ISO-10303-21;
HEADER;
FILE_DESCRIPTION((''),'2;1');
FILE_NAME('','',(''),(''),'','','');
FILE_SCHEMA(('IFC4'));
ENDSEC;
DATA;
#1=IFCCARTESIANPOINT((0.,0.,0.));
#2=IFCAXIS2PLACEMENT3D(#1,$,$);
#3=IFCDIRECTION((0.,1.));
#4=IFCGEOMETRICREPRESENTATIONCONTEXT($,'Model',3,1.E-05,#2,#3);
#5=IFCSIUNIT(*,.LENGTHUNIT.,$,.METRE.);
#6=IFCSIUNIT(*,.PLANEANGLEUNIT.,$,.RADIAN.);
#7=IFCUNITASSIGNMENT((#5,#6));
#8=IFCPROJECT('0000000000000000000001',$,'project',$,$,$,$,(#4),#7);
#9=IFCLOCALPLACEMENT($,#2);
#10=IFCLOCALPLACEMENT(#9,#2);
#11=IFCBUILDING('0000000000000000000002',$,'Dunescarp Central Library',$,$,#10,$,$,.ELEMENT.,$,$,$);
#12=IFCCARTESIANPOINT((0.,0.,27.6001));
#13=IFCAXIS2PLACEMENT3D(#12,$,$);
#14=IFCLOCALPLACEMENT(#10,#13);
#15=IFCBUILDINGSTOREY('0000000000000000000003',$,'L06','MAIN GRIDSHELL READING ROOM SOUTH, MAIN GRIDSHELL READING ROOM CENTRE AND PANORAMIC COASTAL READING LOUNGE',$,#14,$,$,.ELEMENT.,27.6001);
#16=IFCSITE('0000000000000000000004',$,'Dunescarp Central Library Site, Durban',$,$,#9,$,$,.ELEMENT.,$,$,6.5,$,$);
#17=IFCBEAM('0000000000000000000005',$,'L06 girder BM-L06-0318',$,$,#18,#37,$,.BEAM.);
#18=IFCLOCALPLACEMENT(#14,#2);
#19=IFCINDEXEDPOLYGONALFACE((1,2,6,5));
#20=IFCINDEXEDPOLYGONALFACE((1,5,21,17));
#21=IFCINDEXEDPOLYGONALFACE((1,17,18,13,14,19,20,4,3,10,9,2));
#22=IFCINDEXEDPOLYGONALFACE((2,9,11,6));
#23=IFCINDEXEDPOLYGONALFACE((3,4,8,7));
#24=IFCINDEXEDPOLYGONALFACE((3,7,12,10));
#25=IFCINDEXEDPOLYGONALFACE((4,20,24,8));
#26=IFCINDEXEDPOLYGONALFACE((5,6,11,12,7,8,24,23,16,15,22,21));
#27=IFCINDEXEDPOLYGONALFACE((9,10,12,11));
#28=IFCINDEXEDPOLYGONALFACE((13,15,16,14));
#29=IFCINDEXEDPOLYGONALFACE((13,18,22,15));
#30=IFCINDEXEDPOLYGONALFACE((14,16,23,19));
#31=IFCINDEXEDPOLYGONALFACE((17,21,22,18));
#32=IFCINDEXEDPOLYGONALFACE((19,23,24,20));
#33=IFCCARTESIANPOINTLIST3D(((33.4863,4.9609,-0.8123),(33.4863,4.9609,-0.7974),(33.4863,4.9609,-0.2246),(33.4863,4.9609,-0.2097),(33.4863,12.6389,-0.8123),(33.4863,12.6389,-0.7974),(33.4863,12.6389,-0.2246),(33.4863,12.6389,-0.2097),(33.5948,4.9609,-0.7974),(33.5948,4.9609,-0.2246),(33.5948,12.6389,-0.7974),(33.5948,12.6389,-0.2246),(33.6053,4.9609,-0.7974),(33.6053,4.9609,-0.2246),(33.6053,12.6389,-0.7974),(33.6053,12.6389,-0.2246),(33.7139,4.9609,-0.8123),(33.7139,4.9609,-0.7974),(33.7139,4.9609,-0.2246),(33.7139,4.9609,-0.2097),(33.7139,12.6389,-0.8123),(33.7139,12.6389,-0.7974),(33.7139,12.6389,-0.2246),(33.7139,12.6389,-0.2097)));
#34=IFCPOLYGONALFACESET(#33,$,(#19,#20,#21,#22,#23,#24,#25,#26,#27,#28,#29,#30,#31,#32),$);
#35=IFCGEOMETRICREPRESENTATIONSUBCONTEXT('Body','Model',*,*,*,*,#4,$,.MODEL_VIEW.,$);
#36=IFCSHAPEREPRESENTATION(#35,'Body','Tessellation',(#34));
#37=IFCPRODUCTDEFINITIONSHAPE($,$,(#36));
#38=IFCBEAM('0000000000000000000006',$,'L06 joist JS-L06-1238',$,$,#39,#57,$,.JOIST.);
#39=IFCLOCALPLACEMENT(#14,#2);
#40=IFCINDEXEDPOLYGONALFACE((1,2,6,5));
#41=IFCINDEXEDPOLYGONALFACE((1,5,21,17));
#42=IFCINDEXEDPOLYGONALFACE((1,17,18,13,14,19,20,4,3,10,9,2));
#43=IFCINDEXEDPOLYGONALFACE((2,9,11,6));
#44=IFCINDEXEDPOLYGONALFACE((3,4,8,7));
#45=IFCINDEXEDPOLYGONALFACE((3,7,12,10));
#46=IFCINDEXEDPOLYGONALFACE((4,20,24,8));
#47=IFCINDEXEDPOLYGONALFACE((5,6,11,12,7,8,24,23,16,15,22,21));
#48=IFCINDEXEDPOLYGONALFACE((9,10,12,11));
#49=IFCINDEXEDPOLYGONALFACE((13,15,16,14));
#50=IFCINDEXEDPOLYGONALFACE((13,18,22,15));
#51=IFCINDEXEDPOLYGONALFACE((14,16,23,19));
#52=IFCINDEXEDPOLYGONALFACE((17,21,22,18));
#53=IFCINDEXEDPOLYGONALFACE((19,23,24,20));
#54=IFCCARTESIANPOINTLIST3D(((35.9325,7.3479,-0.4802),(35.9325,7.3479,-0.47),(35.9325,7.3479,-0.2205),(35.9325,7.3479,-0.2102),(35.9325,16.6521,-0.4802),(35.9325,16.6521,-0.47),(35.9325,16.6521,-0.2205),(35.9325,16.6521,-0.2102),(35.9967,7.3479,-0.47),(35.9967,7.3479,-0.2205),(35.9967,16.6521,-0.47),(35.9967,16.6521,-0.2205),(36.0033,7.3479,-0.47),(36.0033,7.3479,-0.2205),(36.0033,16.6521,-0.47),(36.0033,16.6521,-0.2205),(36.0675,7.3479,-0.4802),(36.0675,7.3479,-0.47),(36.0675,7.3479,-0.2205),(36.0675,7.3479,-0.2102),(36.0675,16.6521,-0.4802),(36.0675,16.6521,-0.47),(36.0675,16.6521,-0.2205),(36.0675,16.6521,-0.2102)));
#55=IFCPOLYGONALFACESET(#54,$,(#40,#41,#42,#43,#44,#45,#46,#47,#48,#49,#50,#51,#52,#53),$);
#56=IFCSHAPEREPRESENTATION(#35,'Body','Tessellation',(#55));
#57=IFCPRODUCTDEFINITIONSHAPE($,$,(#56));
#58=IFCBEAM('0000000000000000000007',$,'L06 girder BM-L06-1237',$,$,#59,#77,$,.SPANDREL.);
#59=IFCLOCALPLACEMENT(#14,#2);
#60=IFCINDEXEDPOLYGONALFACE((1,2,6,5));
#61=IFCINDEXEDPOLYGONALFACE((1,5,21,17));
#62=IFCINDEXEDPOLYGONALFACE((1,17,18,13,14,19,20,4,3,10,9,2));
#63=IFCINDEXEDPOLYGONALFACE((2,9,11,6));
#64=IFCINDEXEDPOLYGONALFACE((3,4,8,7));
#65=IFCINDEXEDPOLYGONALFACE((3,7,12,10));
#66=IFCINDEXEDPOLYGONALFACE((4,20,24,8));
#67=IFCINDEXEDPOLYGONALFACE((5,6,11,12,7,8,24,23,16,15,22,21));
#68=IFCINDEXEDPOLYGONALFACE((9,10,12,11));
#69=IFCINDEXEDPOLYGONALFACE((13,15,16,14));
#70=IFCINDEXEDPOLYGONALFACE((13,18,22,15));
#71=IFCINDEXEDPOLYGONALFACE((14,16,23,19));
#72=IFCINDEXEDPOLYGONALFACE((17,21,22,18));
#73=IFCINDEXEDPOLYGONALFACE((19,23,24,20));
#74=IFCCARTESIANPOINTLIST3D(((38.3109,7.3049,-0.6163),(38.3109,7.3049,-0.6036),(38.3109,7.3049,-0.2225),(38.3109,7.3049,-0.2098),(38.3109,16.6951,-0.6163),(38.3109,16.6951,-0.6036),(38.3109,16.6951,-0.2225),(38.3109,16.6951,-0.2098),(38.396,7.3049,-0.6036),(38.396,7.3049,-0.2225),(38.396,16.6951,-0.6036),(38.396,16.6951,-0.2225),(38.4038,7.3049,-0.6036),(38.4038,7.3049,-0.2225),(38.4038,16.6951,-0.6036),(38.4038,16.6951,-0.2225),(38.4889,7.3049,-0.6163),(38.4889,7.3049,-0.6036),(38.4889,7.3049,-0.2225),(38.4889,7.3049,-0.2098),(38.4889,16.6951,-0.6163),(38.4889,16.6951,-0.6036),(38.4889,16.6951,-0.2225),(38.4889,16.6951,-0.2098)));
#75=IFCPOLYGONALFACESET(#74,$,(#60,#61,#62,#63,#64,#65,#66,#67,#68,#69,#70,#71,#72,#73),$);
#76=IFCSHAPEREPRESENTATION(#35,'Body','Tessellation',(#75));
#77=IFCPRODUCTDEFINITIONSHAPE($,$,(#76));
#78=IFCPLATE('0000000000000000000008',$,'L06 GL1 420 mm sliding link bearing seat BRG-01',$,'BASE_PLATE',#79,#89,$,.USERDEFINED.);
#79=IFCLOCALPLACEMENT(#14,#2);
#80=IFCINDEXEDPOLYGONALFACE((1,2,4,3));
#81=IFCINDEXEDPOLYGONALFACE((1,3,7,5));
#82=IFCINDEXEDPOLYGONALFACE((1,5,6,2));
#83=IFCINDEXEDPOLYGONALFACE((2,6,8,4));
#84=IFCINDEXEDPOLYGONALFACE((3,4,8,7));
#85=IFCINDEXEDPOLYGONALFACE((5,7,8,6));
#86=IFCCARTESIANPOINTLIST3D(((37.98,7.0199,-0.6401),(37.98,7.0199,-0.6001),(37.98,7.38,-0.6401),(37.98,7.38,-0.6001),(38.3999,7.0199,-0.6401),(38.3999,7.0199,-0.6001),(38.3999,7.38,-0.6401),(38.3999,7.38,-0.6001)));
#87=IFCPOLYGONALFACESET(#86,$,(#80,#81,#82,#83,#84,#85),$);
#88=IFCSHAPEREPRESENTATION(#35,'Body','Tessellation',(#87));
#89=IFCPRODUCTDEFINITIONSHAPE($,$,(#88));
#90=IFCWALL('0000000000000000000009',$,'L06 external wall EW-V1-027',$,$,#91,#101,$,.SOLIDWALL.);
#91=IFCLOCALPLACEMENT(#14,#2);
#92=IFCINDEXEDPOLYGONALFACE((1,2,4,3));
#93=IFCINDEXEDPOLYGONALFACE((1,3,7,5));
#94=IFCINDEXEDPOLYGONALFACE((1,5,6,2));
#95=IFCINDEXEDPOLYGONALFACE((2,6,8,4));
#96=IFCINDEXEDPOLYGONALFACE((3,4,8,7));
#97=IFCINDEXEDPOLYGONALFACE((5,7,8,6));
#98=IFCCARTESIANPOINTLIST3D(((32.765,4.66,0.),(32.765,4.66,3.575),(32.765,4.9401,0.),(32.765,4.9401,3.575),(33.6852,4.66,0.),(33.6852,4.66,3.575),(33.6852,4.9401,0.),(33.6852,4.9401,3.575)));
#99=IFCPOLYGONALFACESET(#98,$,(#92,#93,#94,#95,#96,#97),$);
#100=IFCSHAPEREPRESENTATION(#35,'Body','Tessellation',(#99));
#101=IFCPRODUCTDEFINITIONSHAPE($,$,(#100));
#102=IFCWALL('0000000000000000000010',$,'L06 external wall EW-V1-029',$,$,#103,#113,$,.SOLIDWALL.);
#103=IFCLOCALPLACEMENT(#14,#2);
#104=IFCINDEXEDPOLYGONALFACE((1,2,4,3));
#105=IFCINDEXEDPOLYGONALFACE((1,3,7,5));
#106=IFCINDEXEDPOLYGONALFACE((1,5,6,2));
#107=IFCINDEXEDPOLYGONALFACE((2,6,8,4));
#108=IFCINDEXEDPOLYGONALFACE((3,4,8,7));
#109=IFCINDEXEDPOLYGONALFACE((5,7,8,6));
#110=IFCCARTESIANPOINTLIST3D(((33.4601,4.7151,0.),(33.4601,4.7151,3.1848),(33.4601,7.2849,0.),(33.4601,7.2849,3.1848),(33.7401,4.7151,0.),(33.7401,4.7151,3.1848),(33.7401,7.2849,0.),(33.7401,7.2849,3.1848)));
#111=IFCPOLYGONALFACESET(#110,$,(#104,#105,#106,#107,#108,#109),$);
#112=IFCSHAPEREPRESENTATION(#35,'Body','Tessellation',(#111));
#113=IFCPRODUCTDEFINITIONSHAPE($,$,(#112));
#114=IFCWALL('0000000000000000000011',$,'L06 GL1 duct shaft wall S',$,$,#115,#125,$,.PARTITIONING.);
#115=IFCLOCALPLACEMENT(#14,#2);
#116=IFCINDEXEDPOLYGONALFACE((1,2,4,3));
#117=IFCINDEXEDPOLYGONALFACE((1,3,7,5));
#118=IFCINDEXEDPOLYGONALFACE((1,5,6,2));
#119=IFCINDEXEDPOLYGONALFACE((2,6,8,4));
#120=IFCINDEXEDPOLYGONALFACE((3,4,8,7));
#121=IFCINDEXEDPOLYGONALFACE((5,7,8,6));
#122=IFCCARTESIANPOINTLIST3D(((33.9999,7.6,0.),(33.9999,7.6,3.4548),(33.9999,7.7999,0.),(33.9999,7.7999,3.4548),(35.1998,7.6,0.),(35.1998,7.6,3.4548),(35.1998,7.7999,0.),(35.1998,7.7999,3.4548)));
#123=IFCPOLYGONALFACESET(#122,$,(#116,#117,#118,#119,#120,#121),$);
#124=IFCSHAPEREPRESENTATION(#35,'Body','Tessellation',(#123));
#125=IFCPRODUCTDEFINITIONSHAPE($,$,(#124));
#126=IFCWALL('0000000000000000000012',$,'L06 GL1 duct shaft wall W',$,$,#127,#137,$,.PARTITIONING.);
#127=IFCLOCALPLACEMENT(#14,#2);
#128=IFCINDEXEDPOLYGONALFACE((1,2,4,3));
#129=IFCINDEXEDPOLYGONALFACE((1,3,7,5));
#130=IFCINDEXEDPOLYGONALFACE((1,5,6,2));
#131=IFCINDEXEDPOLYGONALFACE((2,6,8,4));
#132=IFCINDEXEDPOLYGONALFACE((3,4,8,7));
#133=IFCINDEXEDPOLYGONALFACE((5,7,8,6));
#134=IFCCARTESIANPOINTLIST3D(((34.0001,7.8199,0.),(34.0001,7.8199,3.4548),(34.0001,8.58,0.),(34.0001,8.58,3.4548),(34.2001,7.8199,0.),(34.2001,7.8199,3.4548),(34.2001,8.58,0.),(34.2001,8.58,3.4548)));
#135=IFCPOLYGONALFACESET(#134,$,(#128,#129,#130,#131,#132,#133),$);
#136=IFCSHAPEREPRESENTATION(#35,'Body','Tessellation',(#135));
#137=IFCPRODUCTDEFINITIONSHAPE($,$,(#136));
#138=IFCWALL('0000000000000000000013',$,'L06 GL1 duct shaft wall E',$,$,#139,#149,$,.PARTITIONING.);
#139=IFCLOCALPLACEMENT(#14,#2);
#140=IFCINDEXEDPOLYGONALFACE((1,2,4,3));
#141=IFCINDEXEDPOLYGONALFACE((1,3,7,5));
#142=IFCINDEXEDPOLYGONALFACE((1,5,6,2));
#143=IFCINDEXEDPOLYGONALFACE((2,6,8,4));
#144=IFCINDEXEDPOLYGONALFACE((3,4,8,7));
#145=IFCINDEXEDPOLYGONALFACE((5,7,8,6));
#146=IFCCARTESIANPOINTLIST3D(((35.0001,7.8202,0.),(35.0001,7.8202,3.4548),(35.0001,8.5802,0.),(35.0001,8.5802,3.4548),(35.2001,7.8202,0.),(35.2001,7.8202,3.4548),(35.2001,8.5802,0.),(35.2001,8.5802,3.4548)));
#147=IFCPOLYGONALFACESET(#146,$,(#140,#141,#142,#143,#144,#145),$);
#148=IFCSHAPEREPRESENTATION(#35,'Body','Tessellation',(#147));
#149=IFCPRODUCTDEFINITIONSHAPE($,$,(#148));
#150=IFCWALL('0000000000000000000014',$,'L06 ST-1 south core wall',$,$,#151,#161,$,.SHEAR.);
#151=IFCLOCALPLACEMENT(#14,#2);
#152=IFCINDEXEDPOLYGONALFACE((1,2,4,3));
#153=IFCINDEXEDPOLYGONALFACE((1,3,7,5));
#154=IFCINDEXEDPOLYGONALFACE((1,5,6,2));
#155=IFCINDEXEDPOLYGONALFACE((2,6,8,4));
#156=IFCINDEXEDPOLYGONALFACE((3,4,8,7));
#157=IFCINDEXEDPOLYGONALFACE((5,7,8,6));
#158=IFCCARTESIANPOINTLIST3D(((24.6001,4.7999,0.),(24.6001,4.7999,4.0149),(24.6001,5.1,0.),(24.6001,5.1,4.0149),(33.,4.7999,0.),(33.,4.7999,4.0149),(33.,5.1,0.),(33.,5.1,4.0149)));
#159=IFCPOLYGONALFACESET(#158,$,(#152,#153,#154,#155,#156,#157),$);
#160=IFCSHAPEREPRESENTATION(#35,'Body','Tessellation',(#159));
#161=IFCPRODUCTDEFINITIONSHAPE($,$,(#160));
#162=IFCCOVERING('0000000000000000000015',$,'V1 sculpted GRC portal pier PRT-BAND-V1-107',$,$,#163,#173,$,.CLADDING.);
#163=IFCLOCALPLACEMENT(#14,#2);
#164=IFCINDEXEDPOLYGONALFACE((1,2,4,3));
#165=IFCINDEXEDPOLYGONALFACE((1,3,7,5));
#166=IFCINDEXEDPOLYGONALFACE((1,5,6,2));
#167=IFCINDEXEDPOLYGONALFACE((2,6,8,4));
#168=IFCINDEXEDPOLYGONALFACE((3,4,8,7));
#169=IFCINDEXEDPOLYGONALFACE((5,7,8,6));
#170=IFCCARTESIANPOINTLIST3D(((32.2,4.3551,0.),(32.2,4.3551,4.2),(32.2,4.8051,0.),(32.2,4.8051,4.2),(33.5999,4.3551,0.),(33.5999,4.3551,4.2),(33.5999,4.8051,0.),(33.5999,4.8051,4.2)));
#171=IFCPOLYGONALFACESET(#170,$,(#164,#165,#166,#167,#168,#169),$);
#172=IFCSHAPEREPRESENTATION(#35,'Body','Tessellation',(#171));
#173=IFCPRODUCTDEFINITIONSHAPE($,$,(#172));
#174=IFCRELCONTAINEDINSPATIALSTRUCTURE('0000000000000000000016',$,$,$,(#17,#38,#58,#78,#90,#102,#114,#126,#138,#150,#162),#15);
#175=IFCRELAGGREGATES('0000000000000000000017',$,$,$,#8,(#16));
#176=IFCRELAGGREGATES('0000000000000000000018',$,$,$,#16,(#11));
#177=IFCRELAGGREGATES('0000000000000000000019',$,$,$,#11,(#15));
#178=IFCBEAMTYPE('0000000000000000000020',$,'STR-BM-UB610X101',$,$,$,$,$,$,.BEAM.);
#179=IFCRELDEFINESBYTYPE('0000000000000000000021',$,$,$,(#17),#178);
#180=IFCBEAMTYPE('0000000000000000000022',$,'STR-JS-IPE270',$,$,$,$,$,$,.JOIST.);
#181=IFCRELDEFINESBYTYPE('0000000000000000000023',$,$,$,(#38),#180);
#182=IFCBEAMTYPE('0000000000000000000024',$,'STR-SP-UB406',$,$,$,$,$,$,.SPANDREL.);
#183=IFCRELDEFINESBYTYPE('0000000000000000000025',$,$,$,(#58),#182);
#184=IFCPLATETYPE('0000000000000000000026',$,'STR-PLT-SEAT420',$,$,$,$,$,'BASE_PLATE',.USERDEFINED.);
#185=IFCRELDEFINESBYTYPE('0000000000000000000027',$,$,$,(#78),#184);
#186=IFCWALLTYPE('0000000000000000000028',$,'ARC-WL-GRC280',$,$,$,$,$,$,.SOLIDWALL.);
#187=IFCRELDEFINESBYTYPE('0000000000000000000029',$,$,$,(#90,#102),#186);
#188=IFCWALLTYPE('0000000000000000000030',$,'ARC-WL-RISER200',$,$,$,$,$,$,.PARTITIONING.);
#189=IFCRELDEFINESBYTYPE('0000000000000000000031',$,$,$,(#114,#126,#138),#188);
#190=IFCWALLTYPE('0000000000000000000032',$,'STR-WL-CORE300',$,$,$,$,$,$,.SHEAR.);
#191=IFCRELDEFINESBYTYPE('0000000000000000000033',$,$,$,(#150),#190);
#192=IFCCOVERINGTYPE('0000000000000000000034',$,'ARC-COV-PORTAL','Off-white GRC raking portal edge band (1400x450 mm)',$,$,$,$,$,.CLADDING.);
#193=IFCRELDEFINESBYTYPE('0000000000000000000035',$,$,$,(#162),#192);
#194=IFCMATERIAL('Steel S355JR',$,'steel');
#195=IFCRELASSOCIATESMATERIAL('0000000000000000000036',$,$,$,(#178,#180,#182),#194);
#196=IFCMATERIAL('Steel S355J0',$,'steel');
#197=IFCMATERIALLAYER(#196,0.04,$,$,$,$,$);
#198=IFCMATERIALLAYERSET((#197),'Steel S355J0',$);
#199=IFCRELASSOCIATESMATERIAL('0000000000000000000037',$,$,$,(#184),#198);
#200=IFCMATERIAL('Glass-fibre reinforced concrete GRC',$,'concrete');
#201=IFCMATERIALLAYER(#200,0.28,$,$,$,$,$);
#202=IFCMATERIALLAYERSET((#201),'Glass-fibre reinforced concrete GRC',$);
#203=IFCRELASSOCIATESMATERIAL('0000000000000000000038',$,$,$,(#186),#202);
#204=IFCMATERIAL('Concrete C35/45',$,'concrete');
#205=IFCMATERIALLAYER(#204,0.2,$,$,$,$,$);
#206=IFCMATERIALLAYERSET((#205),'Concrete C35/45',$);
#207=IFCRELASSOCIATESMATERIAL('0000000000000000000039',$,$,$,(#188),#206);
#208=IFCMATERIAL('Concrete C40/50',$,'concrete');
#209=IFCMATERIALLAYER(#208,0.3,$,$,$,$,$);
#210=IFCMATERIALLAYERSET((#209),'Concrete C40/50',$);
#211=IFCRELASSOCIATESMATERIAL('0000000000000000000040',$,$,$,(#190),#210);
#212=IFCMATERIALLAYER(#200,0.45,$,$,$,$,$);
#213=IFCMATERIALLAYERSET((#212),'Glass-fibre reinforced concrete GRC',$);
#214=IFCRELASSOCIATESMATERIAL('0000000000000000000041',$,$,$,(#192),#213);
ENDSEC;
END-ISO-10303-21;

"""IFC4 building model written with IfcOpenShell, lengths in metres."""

from ifc_helpers import new_model, si_unit, direction, frame, frame_2d, origin, origin_2d, place, context, subcontext, project, spatial, rectangle, i_section, extrude, material, layer, layer_set, material_profile, profile_set, type_object, element, save


model = new_model("IFC4")

# Units and contexts
model_context = context("Model", 3, precision=1e-05, world=origin(), true_north=direction((0.0, 1.0)))
body_context = subcontext(model_context, "Body", "Model", "MODEL_VIEW")
ifc_project = project(units=[si_unit("LENGTHUNIT", "METRE"), si_unit("PLANEANGLEUNIT", "RADIAN")], contexts=[model_context])

# Site, building, storey
site_placement = place(None, origin())
site = spatial("IfcSite", under=ifc_project, at=site_placement, Name="Dunescarp Central Library Site, Durban", CompositionType="ELEMENT", RefElevation=6.5)
building_placement = place(site_placement, origin())
building = spatial("IfcBuilding", under=site, at=building_placement, Name="Dunescarp Central Library", CompositionType="ELEMENT")
storey_placement = place(building_placement, frame((0.0, 0.0, 27.6001)))
storey = spatial("IfcBuildingStorey", under=building, at=storey_placement, Name="L06", Description="MAIN GRIDSHELL READING ROOM SOUTH, MAIN GRIDSHELL READING ROOM CENTRE AND PANORAMIC COASTAL READING LOUNGE", CompositionType="ELEMENT", Elevation=27.6001)

# Shared definitions
ifc_material_1 = material(Name="Steel S355JR", Category="steel")

# Beams
ifc_material_profile_1 = material_profile(ifc_material_1, i_section(OverallWidth=0.2275, OverallDepth=0.6025, WebThickness=0.0105, FlangeThickness=0.0149, at=origin_2d()), Name="UB 610x229x101")
ifc_profile_set_1 = profile_set([ifc_material_profile_1], Name="Steel S355JR")
beam_type_1 = type_object("IfcBeamType", Name="STR-BM-UB610X101", PredefinedType="BEAM", material=ifc_profile_set_1)
beam_1_placement = place(storey_placement, frame((33.6001, 4.9609, -0.511), z_axis=(0.0, 1.0, 0.0), x_axis=(-1.0, 0.0, 0.0)))
element("IfcBeam", 1, at=beam_1_placement, inside=storey, type_object=beam_type_1, Name="L06 girder BM-L06-0318", PredefinedType="BEAM", context=body_context, shape_type="SweptSolid", body=[
    extrude(i_section(OverallWidth=0.2275, OverallDepth=0.6025, WebThickness=0.0105, FlangeThickness=0.0149, at=origin_2d()), origin(), (0.0, 0.0, 1.0), 7.678),
])
ifc_material_profile_2 = material_profile(ifc_material_1, i_section(OverallWidth=0.135, OverallDepth=0.27, WebThickness=0.0066, FlangeThickness=0.0103, at=origin_2d()), Name="IPE 270")
ifc_profile_set_2 = profile_set([ifc_material_profile_2], Name="Steel S355JR")
beam_type_2 = type_object("IfcBeamType", Name="STR-JS-IPE270", PredefinedType="JOIST", material=ifc_profile_set_2)
beam_2_placement = place(storey_placement, frame((36.0, 7.3479, -0.3452), z_axis=(0.0, 1.0, 0.0), x_axis=(-1.0, 0.0, 0.0)))
element("IfcBeam", 2, at=beam_2_placement, inside=storey, type_object=beam_type_2, Name="L06 joist JS-L06-1238", PredefinedType="JOIST", context=body_context, shape_type="SweptSolid", body=[
    extrude(i_section(OverallWidth=0.135, OverallDepth=0.27, WebThickness=0.0066, FlangeThickness=0.0103, at=origin_2d()), origin(), (0.0, 0.0, 1.0), 9.3042),
])
ifc_material_profile_3 = material_profile(ifc_material_1, i_section(OverallWidth=0.178, OverallDepth=0.4065, WebThickness=0.0078, FlangeThickness=0.0127, at=origin_2d()), Name="UB 406x178x60")
ifc_profile_set_3 = profile_set([ifc_material_profile_3], Name="Steel S355JR")
beam_type_3 = type_object("IfcBeamType", Name="STR-SP-UB406", PredefinedType="SPANDREL", material=ifc_profile_set_3)
beam_3_placement = place(storey_placement, frame((38.3999, 7.3049, -0.4131), z_axis=(0.0, 1.0, 0.0), x_axis=(-1.0, 0.0, 0.0)))
element("IfcBeam", 3, at=beam_3_placement, inside=storey, type_object=beam_type_3, Name="L06 girder BM-L06-1237", PredefinedType="SPANDREL", context=body_context, shape_type="SweptSolid", body=[
    extrude(i_section(OverallWidth=0.178, OverallDepth=0.4065, WebThickness=0.0078, FlangeThickness=0.0127, at=origin_2d()), origin(), (0.0, 0.0, 1.0), 9.3901),
])

# Plate
ifc_material_2 = material(Name="Steel S355J0", Category="steel")
ifc_layer_1 = layer(ifc_material_2, 0.04)
ifc_layer_set_1 = layer_set([ifc_layer_1], Name="Steel S355J0")
plate_type = type_object("IfcPlateType", Name="STR-PLT-SEAT420", ElementType="BASE_PLATE", PredefinedType="USERDEFINED", material=ifc_layer_set_1)
plate_placement = place(storey_placement, frame((38.1899, 7.2, -0.6401), z_axis=(0.0, 0.0, 1.0), x_axis=(1.0, 0.0, 0.0)))
element("IfcPlate", 4, at=plate_placement, inside=storey, type_object=plate_type, Name="L06 GL1 420 mm sliding link bearing seat BRG-01", ObjectType="BASE_PLATE", PredefinedType="USERDEFINED", context=body_context, shape_type="SweptSolid", body=[
    extrude(rectangle(XDim=0.4199, YDim=0.3601, at=origin_2d()), origin(), (0.0, 0.0, 1.0), 0.04),
])

# Walls
ifc_material_3 = material(Name="Glass-fibre reinforced concrete GRC", Category="concrete")
ifc_layer_2 = layer(ifc_material_3, 0.28)
ifc_layer_set_2 = layer_set([ifc_layer_2], Name="Glass-fibre reinforced concrete GRC")
wall_type_1 = type_object("IfcWallType", Name="ARC-WL-GRC280", PredefinedType="SOLIDWALL", material=ifc_layer_set_2)
wall_1_placement = place(storey_placement, frame((33.6851, 4.8, 0.0), z_axis=(0.0, 0.0, 1.0), x_axis=(-1.0, 0.0, 0.0)))
element("IfcWall", 5, at=wall_1_placement, inside=storey, type_object=wall_type_1, Name="L06 external wall EW-V1-027", PredefinedType="SOLIDWALL", context=body_context, shape_type="SweptSolid", body=[
    extrude(rectangle(XDim=0.9202, YDim=0.28, at=frame_2d((0.46, 0.0))), origin(), (0.0, 0.0, 1.0), 3.575),
])
wall_2_placement = place(storey_placement, frame((33.6001, 7.2849, 0.0), z_axis=(0.0, 0.0, 1.0), x_axis=(0.0, -1.0, 0.0)))
element("IfcWall", 6, at=wall_2_placement, inside=storey, type_object=wall_type_1, Name="L06 external wall EW-V1-029", PredefinedType="SOLIDWALL", context=body_context, shape_type="SweptSolid", body=[
    extrude(rectangle(XDim=2.5698, YDim=0.28, at=frame_2d((1.2849, 0.0))), origin(), (0.0, 0.0, 1.0), 3.1848),
])
ifc_material_4 = material(Name="Concrete C35/45", Category="concrete")
ifc_layer_3 = layer(ifc_material_4, 0.2)
ifc_layer_set_3 = layer_set([ifc_layer_3], Name="Concrete C35/45")
wall_type_2 = type_object("IfcWallType", Name="ARC-WL-RISER200", PredefinedType="PARTITIONING", material=ifc_layer_set_3)
wall_3_placement = place(storey_placement, frame((35.2, 7.7, 0.0), z_axis=(0.0, 0.0, 1.0), x_axis=(-1.0, 0.0, 0.0)))
element("IfcWall", 7, at=wall_3_placement, inside=storey, type_object=wall_type_2, Name="L06 GL1 duct shaft wall S", PredefinedType="PARTITIONING", context=body_context, shape_type="SweptSolid", body=[
    extrude(rectangle(XDim=1.2, YDim=0.2, at=frame_2d((0.6001, 0.0))), origin(), (0.0, 0.0, 1.0), 3.4548),
])
for number, where, z_axis, x_axis, name in (
    (8, (34.1001, 7.8201, 0.0), (0.0, 0.0, 1.0), (0.0, 1.0, 0.0), "L06 GL1 duct shaft wall W"),
    (9, (35.1001, 8.5801, 0.0), (0.0, 0.0, 1.0), (0.0, -1.0, 0.0), "L06 GL1 duct shaft wall E"),
):
    element("IfcWall", number, at=place(storey_placement, frame(where, z_axis=z_axis, x_axis=x_axis)), inside=storey, type_object=wall_type_2, Name=name, PredefinedType="PARTITIONING", context=body_context, shape_type="SweptSolid", body=[
        extrude(rectangle(XDim=0.76, YDim=0.2, at=frame_2d((0.3799, 0.0))), origin(), (0.0, 0.0, 1.0), 3.4548),
    ])
ifc_material_5 = material(Name="Concrete C40/50", Category="concrete")
ifc_layer_4 = layer(ifc_material_5, 0.3)
ifc_layer_set_4 = layer_set([ifc_layer_4], Name="Concrete C40/50")
wall_type_3 = type_object("IfcWallType", Name="STR-WL-CORE300", PredefinedType="SHEAR", material=ifc_layer_set_4)
wall_4_placement = place(storey_placement, frame((33.0, 4.95, 0.0), z_axis=(0.0, 0.0, 1.0), x_axis=(-1.0, 0.0, 0.0)))
element("IfcWall", 10, at=wall_4_placement, inside=storey, type_object=wall_type_3, Name="L06 ST-1 south core wall", PredefinedType="SHEAR", context=body_context, shape_type="SweptSolid", body=[
    extrude(rectangle(XDim=8.3999, YDim=0.3, at=frame_2d((4.2, 0.0))), origin(), (0.0, 0.0, 1.0), 4.0149),
])

# Covering
ifc_layer_5 = layer(ifc_material_3, 0.45)
ifc_layer_set_5 = layer_set([ifc_layer_5], Name="Glass-fibre reinforced concrete GRC")
covering_type = type_object("IfcCoveringType", Name="ARC-COV-PORTAL", Description="Off-white GRC raking portal edge band (1400x450 mm)", PredefinedType="CLADDING", material=ifc_layer_set_5)
covering_placement = place(storey_placement, frame((32.8999, 4.5801, 0.0), z_axis=(0.0, 0.0, 1.0), x_axis=(1.0, 0.0, 0.0)))
element("IfcCovering", 11, at=covering_placement, inside=storey, type_object=covering_type, Name="V1 sculpted GRC portal pier PRT-BAND-V1-107", PredefinedType="CLADDING", context=body_context, shape_type="SweptSolid", body=[
    extrude(rectangle(XDim=1.3999, YDim=0.45, at=origin_2d()), origin(), (0.0, 0.0, 1.0), 4.2),
])

save(model, "model.ifc")
